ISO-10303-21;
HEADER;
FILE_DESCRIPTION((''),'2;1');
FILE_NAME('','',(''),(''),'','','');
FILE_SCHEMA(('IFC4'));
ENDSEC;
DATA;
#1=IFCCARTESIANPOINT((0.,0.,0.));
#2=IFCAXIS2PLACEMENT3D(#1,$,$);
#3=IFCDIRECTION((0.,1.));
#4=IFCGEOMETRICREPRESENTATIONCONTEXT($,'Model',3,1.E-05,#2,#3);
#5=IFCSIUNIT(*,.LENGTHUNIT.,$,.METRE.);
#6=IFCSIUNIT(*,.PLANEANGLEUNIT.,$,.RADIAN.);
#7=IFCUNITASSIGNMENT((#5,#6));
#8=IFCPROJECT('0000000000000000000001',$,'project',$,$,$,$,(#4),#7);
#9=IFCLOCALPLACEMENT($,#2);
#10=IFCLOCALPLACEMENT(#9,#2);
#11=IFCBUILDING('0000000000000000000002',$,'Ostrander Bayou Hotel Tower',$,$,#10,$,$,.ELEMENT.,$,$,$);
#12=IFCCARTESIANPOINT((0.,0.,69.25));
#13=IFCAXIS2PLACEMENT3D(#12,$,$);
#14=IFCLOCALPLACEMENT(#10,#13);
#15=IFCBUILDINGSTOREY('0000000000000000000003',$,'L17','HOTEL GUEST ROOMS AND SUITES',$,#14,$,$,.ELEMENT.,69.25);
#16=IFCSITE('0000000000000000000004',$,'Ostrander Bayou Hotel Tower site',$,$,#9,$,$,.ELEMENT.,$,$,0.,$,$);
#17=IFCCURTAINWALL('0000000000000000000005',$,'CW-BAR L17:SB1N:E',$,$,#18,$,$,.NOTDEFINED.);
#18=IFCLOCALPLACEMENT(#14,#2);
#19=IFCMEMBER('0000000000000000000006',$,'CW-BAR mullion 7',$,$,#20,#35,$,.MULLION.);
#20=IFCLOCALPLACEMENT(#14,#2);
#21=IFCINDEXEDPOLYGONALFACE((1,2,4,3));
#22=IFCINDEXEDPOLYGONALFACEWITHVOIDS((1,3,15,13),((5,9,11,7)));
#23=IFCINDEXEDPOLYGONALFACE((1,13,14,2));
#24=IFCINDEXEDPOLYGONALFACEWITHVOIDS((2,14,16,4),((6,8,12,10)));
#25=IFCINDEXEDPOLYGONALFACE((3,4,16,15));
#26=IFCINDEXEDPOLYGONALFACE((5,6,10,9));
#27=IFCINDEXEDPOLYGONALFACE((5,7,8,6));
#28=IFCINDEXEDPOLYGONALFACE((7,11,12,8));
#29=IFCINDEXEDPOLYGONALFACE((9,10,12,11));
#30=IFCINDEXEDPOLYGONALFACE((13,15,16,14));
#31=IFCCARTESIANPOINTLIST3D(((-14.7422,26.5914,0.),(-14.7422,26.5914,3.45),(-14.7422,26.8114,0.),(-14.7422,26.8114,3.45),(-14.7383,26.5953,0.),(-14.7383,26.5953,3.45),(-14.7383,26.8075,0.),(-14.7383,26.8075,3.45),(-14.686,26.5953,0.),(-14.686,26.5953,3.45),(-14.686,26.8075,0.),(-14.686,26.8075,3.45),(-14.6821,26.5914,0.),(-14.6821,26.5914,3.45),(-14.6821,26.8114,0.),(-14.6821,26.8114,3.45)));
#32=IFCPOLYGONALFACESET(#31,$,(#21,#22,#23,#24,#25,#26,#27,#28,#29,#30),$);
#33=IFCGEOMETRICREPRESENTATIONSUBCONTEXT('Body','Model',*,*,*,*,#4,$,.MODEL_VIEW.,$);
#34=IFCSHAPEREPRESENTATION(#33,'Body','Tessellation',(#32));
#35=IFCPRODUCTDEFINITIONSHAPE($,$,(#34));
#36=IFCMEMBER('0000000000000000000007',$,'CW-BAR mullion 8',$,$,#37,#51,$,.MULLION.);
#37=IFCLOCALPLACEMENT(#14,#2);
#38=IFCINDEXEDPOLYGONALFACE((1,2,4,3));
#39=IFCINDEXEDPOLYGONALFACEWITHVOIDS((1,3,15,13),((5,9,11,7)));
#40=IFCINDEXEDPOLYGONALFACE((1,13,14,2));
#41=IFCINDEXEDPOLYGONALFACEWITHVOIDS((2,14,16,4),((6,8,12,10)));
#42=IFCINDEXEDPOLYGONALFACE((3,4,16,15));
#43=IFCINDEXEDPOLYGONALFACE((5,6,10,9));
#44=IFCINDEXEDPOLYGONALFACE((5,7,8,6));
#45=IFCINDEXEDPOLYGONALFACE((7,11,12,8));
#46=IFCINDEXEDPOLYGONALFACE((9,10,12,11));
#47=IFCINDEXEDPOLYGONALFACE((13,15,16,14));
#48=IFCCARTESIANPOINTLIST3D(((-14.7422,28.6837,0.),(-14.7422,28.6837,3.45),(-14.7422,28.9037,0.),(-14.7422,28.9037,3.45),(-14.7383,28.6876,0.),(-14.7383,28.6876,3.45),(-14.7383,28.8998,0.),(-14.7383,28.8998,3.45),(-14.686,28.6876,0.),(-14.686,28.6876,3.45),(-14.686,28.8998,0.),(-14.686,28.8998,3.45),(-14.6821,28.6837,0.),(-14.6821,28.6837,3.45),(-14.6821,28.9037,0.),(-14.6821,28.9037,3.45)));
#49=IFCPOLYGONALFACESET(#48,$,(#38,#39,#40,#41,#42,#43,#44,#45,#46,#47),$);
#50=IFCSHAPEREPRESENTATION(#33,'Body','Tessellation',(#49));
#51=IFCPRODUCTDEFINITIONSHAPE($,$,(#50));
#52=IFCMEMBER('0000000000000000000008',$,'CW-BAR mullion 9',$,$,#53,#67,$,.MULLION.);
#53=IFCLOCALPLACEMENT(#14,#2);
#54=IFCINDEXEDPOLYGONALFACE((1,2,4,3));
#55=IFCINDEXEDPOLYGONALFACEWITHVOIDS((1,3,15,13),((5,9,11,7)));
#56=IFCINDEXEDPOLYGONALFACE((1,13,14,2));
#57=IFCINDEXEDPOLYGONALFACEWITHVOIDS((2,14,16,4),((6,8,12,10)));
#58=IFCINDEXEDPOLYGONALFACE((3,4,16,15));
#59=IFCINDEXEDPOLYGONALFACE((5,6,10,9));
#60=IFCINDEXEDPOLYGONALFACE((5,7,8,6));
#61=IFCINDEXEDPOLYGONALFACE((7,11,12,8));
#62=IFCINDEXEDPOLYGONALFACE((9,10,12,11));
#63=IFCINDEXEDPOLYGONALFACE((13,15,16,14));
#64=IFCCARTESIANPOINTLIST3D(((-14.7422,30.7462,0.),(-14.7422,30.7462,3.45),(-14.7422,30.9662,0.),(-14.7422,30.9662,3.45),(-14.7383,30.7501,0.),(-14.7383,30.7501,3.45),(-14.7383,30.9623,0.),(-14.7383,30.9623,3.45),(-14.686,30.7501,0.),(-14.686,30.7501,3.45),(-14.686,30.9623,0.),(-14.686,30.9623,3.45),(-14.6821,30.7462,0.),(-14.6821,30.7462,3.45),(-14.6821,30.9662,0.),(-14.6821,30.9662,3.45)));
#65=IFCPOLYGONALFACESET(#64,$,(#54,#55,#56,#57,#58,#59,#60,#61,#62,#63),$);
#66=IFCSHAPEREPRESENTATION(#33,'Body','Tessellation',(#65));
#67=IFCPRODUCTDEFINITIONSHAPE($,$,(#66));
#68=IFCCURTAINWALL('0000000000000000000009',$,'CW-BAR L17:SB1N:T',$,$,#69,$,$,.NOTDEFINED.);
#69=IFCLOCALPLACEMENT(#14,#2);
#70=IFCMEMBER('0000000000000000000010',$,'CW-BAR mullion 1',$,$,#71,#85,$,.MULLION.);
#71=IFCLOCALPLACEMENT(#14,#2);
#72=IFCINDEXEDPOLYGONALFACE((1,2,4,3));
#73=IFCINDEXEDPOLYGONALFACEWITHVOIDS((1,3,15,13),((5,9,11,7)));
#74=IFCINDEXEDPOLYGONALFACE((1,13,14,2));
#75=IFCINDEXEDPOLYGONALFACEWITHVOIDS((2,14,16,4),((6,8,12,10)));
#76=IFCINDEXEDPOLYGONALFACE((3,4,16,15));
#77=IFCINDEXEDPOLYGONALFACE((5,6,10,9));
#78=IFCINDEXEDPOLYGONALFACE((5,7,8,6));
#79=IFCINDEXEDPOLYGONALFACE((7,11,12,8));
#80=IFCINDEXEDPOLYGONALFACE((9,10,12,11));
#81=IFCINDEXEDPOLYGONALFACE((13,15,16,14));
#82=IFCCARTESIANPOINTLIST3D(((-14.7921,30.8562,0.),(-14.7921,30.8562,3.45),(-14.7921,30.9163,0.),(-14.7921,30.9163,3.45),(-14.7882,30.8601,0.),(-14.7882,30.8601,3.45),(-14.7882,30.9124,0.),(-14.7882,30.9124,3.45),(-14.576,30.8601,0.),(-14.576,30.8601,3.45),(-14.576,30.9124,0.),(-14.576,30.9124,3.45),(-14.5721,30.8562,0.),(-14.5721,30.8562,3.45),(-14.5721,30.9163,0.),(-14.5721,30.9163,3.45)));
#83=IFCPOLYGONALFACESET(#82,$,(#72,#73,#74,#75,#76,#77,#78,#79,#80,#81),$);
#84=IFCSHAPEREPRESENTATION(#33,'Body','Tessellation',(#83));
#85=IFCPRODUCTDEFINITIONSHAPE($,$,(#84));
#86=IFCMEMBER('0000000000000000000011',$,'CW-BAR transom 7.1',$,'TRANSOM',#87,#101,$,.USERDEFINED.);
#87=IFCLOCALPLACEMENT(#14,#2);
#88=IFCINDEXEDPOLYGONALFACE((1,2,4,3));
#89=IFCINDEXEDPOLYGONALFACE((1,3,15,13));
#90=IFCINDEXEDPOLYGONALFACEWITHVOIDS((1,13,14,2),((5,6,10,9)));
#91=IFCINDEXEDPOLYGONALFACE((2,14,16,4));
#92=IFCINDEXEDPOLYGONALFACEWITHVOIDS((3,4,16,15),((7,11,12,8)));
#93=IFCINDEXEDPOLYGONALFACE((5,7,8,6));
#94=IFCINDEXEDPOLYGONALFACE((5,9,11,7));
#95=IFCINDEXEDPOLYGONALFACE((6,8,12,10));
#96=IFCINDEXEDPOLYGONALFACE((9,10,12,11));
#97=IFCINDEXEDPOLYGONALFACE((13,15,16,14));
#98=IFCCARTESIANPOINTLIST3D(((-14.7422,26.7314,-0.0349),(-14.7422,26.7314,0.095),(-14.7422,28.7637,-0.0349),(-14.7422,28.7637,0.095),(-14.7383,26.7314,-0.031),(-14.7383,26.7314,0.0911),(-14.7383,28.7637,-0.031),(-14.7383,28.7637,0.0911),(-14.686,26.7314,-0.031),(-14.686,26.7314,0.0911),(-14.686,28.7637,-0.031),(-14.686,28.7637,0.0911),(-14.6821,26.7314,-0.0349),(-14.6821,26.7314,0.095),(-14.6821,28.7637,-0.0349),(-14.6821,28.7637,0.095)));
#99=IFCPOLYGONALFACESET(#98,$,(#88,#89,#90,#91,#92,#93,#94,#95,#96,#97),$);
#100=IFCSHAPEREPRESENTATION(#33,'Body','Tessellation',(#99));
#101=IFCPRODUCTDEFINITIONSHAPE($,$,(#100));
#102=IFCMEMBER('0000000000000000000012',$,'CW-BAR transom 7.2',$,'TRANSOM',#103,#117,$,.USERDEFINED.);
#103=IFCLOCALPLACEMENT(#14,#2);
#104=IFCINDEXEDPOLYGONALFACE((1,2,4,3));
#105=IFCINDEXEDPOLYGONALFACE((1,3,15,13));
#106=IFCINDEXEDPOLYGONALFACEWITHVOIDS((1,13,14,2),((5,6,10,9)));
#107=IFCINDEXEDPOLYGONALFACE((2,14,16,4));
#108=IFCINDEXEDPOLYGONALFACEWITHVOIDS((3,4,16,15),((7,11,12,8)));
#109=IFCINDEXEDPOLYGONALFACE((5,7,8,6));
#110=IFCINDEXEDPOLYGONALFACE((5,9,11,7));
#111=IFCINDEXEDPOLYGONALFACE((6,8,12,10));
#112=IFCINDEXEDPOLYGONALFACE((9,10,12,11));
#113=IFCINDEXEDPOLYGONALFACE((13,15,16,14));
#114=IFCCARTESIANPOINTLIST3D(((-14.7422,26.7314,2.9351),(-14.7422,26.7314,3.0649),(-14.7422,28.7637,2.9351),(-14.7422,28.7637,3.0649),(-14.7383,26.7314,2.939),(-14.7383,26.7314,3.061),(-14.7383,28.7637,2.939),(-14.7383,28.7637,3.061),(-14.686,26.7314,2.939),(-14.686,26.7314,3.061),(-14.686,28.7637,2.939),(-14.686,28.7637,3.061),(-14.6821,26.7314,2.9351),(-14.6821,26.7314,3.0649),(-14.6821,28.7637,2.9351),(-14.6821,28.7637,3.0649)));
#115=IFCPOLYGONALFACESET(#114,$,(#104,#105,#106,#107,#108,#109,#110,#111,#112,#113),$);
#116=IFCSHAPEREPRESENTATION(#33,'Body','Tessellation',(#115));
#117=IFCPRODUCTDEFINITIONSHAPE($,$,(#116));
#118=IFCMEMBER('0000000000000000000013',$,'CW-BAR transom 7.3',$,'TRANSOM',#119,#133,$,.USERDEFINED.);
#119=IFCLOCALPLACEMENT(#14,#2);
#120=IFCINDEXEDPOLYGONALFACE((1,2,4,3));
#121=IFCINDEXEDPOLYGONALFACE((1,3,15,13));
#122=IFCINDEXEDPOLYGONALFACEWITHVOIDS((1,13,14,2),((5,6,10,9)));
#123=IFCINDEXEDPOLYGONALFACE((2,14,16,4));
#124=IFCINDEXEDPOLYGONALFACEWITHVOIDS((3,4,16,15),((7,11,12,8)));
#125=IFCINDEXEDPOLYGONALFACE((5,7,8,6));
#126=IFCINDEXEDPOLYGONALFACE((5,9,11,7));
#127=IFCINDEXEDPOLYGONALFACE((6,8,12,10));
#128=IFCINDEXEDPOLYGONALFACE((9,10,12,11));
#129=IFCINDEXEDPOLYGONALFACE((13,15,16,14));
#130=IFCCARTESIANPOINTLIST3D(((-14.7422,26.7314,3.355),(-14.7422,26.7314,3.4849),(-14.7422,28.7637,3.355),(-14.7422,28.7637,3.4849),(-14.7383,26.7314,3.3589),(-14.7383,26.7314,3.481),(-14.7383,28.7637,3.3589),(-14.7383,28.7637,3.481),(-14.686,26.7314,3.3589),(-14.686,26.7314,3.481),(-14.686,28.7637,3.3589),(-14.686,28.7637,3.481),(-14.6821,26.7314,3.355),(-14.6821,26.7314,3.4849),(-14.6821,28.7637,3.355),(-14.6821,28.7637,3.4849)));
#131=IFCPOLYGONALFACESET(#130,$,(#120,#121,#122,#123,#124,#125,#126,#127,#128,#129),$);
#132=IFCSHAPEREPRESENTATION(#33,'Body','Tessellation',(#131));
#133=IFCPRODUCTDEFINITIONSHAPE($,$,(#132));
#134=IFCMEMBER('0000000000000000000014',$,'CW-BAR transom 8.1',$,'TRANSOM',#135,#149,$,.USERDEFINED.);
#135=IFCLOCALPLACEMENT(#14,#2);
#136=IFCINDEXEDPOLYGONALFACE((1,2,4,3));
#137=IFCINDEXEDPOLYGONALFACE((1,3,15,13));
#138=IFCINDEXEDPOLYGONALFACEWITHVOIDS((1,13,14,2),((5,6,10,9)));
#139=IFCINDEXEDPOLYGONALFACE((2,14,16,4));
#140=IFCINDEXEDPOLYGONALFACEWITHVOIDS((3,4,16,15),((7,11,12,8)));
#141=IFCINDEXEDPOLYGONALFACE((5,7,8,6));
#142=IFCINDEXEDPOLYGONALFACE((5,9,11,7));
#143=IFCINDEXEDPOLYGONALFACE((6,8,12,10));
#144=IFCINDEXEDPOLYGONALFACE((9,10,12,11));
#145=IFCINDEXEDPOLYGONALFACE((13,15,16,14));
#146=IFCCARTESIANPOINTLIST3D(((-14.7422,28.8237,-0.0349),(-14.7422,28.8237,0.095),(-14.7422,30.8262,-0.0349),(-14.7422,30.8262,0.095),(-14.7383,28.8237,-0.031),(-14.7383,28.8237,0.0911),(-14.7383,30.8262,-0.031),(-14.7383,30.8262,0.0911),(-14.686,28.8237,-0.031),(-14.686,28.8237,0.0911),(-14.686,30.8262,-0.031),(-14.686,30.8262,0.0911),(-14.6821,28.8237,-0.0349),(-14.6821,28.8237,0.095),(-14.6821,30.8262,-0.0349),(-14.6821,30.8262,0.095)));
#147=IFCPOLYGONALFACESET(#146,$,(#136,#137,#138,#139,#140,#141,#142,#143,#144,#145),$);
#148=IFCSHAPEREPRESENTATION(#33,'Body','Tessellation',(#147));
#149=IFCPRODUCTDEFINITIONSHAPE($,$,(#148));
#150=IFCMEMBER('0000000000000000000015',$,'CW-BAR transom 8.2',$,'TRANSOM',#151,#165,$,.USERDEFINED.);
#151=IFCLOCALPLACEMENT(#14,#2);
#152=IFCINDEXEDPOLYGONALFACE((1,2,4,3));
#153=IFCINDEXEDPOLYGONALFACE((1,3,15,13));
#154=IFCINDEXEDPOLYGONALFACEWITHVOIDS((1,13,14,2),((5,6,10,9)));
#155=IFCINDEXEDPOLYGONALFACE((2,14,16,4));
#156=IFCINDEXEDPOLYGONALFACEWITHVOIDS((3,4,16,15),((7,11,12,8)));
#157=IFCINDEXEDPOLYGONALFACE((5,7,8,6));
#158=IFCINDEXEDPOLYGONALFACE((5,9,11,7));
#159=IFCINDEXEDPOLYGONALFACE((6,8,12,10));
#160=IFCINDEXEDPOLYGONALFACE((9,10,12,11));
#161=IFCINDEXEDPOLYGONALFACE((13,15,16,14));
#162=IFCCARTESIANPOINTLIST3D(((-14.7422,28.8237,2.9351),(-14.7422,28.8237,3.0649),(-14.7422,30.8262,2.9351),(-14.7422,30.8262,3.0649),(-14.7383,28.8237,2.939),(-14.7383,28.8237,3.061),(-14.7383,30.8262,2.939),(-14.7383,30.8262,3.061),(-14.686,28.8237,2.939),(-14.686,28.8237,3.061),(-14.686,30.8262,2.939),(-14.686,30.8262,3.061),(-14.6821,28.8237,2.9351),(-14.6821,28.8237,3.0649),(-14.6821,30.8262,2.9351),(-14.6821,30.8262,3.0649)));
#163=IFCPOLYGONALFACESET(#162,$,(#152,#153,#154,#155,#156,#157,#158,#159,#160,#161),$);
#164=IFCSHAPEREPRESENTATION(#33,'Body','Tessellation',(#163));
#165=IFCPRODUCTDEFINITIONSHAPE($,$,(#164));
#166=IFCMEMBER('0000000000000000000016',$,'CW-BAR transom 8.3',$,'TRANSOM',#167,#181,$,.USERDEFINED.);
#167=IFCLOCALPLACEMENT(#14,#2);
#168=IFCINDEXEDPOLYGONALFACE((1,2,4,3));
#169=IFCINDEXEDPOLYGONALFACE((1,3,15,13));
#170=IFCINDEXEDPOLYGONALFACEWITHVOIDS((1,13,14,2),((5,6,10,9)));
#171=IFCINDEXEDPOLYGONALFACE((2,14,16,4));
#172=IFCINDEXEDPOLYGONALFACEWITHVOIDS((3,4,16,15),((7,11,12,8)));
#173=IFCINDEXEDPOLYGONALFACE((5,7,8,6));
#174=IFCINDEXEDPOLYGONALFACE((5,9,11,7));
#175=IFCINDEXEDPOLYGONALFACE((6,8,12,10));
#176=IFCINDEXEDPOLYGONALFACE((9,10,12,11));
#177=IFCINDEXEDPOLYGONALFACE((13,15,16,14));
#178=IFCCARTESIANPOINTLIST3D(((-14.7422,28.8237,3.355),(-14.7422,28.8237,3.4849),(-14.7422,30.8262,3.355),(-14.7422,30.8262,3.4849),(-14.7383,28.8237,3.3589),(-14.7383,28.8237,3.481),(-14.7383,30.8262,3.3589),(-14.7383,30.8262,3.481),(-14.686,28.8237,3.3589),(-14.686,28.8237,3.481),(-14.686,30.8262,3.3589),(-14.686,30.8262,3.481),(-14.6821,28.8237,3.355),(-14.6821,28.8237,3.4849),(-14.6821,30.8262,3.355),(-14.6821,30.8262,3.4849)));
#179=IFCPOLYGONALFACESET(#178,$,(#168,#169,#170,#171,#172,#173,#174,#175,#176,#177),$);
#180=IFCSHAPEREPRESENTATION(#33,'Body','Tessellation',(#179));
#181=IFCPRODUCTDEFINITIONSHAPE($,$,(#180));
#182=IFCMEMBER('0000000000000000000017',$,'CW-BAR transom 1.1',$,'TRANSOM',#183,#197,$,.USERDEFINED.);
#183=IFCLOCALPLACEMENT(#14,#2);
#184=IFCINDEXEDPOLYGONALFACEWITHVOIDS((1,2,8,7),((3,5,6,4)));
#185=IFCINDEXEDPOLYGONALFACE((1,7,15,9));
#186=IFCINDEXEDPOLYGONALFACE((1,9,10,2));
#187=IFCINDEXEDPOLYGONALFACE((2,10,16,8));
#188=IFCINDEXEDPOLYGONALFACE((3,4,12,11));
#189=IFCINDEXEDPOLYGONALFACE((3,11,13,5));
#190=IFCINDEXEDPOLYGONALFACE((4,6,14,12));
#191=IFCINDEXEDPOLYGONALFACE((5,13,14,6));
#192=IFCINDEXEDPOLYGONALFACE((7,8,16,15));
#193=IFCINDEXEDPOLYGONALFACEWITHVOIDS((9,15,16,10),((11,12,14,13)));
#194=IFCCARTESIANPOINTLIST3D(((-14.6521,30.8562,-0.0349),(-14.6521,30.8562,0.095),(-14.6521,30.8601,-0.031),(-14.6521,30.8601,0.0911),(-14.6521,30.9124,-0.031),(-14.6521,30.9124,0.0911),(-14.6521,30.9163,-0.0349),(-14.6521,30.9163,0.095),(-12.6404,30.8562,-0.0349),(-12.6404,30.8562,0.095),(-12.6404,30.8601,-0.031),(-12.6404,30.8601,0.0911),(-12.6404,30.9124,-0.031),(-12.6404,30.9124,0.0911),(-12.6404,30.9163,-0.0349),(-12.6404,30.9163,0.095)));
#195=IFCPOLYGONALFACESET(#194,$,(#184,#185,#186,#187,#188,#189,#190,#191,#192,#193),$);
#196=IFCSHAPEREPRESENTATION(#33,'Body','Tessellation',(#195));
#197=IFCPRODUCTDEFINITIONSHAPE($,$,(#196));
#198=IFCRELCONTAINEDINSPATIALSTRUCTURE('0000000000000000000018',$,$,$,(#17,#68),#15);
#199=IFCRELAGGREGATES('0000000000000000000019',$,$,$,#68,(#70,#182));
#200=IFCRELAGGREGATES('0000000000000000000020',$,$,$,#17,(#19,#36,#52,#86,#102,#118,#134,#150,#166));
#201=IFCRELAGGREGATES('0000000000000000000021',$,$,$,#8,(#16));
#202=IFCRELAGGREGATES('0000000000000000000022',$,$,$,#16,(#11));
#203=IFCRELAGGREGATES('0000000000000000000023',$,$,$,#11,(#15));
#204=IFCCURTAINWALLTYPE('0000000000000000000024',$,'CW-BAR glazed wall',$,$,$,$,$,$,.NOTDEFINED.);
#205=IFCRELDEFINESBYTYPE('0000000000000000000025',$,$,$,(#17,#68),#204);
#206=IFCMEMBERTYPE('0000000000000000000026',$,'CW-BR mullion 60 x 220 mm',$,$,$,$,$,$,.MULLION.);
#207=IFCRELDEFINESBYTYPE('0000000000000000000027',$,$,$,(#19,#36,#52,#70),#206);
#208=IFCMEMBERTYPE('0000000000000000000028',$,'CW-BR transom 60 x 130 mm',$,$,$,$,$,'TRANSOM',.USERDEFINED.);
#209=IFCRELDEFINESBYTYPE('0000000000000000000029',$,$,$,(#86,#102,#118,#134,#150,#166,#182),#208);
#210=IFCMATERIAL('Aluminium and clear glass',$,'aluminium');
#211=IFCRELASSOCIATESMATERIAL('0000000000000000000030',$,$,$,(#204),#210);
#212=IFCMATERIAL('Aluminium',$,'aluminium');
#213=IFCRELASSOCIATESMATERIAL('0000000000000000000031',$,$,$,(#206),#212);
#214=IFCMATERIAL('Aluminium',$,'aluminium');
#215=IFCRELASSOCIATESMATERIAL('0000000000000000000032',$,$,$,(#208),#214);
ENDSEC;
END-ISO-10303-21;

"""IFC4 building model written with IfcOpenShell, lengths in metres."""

from ifc_helpers import new_model, si_unit, direction, frame, origin, origin_2d, place, context, subcontext, project, spatial, hollow_rectangle, extrude, material, material_profile, profile_set, type_object, element, aggregate, save


model = new_model("IFC4")

# Units and contexts
model_context = context("Model", 3, precision=1e-05, world=origin(), true_north=direction((0.0, 1.0)))
body_context = subcontext(model_context, "Body", "Model", "MODEL_VIEW")
ifc_project = project(units=[si_unit("LENGTHUNIT", "METRE"), si_unit("PLANEANGLEUNIT", "RADIAN")], contexts=[model_context])

# Site, building, storey
site_placement = place(None, origin())
site = spatial("IfcSite", under=ifc_project, at=site_placement, Name="Ostrander Bayou Hotel Tower site", CompositionType="ELEMENT", RefElevation=0.0)
building_placement = place(site_placement, origin())
building = spatial("IfcBuilding", under=site, at=building_placement, Name="Ostrander Bayou Hotel Tower", CompositionType="ELEMENT")
storey_placement = place(building_placement, frame((0.0, 0.0, 69.25)))
storey = spatial("IfcBuildingStorey", under=building, at=storey_placement, Name="L17", Description="HOTEL GUEST ROOMS AND SUITES", CompositionType="ELEMENT", Elevation=69.25)

# Curtain wall, members
ifc_material_1 = material(Name="Aluminium and clear glass", Category="aluminium")
curtain_wall_type = type_object("IfcCurtainWallType", Name="CW-BAR glazed wall", PredefinedType="NOTDEFINED", material=ifc_material_1)
curtain_wall_1_placement = place(storey_placement, origin())
curtain_wall_1 = element("IfcCurtainWall", 1, at=curtain_wall_1_placement, inside=storey, type_object=curtain_wall_type, Name="CW-BAR L17:SB1N:E", PredefinedType="NOTDEFINED")
ifc_material_2 = material(Name="Aluminium", Category="aluminium")
ifc_material_profile_1 = material_profile(ifc_material_2, hollow_rectangle(XDim=0.0601, YDim=0.22, WallThickness=0.0039, at=origin_2d()))
ifc_profile_set_1 = profile_set([ifc_material_profile_1], Name="Aluminium")
member_type_1 = type_object("IfcMemberType", Name="CW-BR mullion 60 x 220 mm", PredefinedType="MULLION", material=ifc_profile_set_1)
member_1_placement = place(storey_placement, frame((-14.7122, 26.7014, 0.0), z_axis=(0.0, 0.0, 1.0), x_axis=(-1.0, 0.0, 0.0)))
member_1 = element("IfcMember", 2, at=member_1_placement, type_object=member_type_1, Name="CW-BAR mullion 7", PredefinedType="MULLION", context=body_context, shape_type="SweptSolid", body=[
    extrude(hollow_rectangle(XDim=0.0601, YDim=0.22, WallThickness=0.0039, at=origin_2d()), origin(), (0.0, 0.0, 1.0), 3.45),
])
member_2_placement = place(storey_placement, frame((-14.7122, 28.7937, 0.0), z_axis=(0.0, 0.0, 1.0), x_axis=(-1.0, 0.0, 0.0)))
member_2 = element("IfcMember", 3, at=member_2_placement, type_object=member_type_1, Name="CW-BAR mullion 8", PredefinedType="MULLION", context=body_context, shape_type="SweptSolid", body=[
    extrude(hollow_rectangle(XDim=0.0601, YDim=0.22, WallThickness=0.0039, at=origin_2d()), origin(), (0.0, 0.0, 1.0), 3.45),
])
member_3_placement = place(storey_placement, frame((-14.7122, 30.8562, 0.0), z_axis=(0.0, 0.0, 1.0), x_axis=(-1.0, 0.0, 0.0)))
member_3 = element("IfcMember", 4, at=member_3_placement, type_object=member_type_1, Name="CW-BAR mullion 9", PredefinedType="MULLION", context=body_context, shape_type="SweptSolid", body=[
    extrude(hollow_rectangle(XDim=0.0601, YDim=0.22, WallThickness=0.0039, at=origin_2d()), origin(), (0.0, 0.0, 1.0), 3.45),
])

# Curtain wall, member
curtain_wall_2_placement = place(storey_placement, origin())
curtain_wall_2 = element("IfcCurtainWall", 5, at=curtain_wall_2_placement, inside=storey, type_object=curtain_wall_type, Name="CW-BAR L17:SB1N:T", PredefinedType="NOTDEFINED")
member_4_placement = place(storey_placement, frame((-14.6821, 30.8862, 0.0), z_axis=(0.0, 0.0, 1.0), x_axis=(0.0, 1.0, 0.0)))
member_4 = element("IfcMember", 6, at=member_4_placement, type_object=member_type_1, Name="CW-BAR mullion 1", PredefinedType="MULLION", context=body_context, shape_type="SweptSolid", body=[
    extrude(hollow_rectangle(XDim=0.0601, YDim=0.22, WallThickness=0.0039, at=origin_2d()), origin(), (0.0, 0.0, 1.0), 3.45),
])

# Members
ifc_material_3 = material(Name="Aluminium", Category="aluminium")
ifc_material_profile_2 = material_profile(ifc_material_3, hollow_rectangle(XDim=0.0601, YDim=0.1299, WallThickness=0.0039, at=origin_2d()))
ifc_profile_set_2 = profile_set([ifc_material_profile_2], Name="Aluminium")
member_type_2 = type_object("IfcMemberType", Name="CW-BR transom 60 x 130 mm", ElementType="TRANSOM", PredefinedType="USERDEFINED", material=ifc_profile_set_2)
member_5_placement = place(storey_placement, frame((-14.7122, 26.7314, 0.03), z_axis=(0.0, 1.0, 0.0), x_axis=(-1.0, 0.0, 0.0)))
member_5 = element("IfcMember", 7, at=member_5_placement, type_object=member_type_2, Name="CW-BAR transom 7.1", ObjectType="TRANSOM", PredefinedType="USERDEFINED", context=body_context, shape_type="SweptSolid", body=[
    extrude(hollow_rectangle(XDim=0.0601, YDim=0.1299, WallThickness=0.0039, at=origin_2d()), origin(), (0.0, 0.0, 1.0), 2.0322),
])
member_6_placement = place(storey_placement, frame((-14.7122, 26.7314, 3.0), z_axis=(0.0, 1.0, 0.0), x_axis=(-1.0, 0.0, 0.0)))
member_6 = element("IfcMember", 8, at=member_6_placement, type_object=member_type_2, Name="CW-BAR transom 7.2", ObjectType="TRANSOM", PredefinedType="USERDEFINED", context=body_context, shape_type="SweptSolid", body=[
    extrude(hollow_rectangle(XDim=0.0601, YDim=0.1299, WallThickness=0.0039, at=origin_2d()), origin(), (0.0, 0.0, 1.0), 2.0322),
])
member_7_placement = place(storey_placement, frame((-14.7122, 26.7314, 3.4199), z_axis=(0.0, 1.0, 0.0), x_axis=(-1.0, 0.0, 0.0)))
member_7 = element("IfcMember", 9, at=member_7_placement, type_object=member_type_2, Name="CW-BAR transom 7.3", ObjectType="TRANSOM", PredefinedType="USERDEFINED", context=body_context, shape_type="SweptSolid", body=[
    extrude(hollow_rectangle(XDim=0.0601, YDim=0.1299, WallThickness=0.0039, at=origin_2d()), origin(), (0.0, 0.0, 1.0), 2.0322),
])
member_8_placement = place(storey_placement, frame((-14.7122, 28.8237, 0.03), z_axis=(0.0, 1.0, 0.0), x_axis=(-1.0, 0.0, 0.0)))
member_8 = element("IfcMember", 10, at=member_8_placement, type_object=member_type_2, Name="CW-BAR transom 8.1", ObjectType="TRANSOM", PredefinedType="USERDEFINED", context=body_context, shape_type="SweptSolid", body=[
    extrude(hollow_rectangle(XDim=0.0601, YDim=0.1299, WallThickness=0.0039, at=origin_2d()), origin(), (0.0, 0.0, 1.0), 2.0024),
])
member_9_placement = place(storey_placement, frame((-14.7122, 28.8237, 3.0), z_axis=(0.0, 1.0, 0.0), x_axis=(-1.0, 0.0, 0.0)))
member_9 = element("IfcMember", 11, at=member_9_placement, type_object=member_type_2, Name="CW-BAR transom 8.2", ObjectType="TRANSOM", PredefinedType="USERDEFINED", context=body_context, shape_type="SweptSolid", body=[
    extrude(hollow_rectangle(XDim=0.0601, YDim=0.1299, WallThickness=0.0039, at=origin_2d()), origin(), (0.0, 0.0, 1.0), 2.0024),
])
member_10_placement = place(storey_placement, frame((-14.7122, 28.8237, 3.4199), z_axis=(0.0, 1.0, 0.0), x_axis=(-1.0, 0.0, 0.0)))
member_10 = element("IfcMember", 12, at=member_10_placement, type_object=member_type_2, Name="CW-BAR transom 8.3", ObjectType="TRANSOM", PredefinedType="USERDEFINED", context=body_context, shape_type="SweptSolid", body=[
    extrude(hollow_rectangle(XDim=0.0601, YDim=0.1299, WallThickness=0.0039, at=origin_2d()), origin(), (0.0, 0.0, 1.0), 2.0024),
])
member_11_placement = place(storey_placement, frame((-14.6521, 30.8862, 0.03), z_axis=(1.0, 0.0, 0.0), x_axis=(0.0, 1.0, 0.0)))
member_11 = element("IfcMember", 13, at=member_11_placement, type_object=member_type_2, Name="CW-BAR transom 1.1", ObjectType="TRANSOM", PredefinedType="USERDEFINED", context=body_context, shape_type="SweptSolid", body=[
    extrude(hollow_rectangle(XDim=0.0601, YDim=0.1299, WallThickness=0.0039, at=origin_2d()), origin(), (0.0, 0.0, 1.0), 2.0117),
])
aggregate(curtain_wall_2, [member_4, member_11])

aggregate(curtain_wall_1, [member_1, member_2, member_3, member_5, member_6, member_7, member_8, member_9, member_10])

save(model, "model.ifc")
